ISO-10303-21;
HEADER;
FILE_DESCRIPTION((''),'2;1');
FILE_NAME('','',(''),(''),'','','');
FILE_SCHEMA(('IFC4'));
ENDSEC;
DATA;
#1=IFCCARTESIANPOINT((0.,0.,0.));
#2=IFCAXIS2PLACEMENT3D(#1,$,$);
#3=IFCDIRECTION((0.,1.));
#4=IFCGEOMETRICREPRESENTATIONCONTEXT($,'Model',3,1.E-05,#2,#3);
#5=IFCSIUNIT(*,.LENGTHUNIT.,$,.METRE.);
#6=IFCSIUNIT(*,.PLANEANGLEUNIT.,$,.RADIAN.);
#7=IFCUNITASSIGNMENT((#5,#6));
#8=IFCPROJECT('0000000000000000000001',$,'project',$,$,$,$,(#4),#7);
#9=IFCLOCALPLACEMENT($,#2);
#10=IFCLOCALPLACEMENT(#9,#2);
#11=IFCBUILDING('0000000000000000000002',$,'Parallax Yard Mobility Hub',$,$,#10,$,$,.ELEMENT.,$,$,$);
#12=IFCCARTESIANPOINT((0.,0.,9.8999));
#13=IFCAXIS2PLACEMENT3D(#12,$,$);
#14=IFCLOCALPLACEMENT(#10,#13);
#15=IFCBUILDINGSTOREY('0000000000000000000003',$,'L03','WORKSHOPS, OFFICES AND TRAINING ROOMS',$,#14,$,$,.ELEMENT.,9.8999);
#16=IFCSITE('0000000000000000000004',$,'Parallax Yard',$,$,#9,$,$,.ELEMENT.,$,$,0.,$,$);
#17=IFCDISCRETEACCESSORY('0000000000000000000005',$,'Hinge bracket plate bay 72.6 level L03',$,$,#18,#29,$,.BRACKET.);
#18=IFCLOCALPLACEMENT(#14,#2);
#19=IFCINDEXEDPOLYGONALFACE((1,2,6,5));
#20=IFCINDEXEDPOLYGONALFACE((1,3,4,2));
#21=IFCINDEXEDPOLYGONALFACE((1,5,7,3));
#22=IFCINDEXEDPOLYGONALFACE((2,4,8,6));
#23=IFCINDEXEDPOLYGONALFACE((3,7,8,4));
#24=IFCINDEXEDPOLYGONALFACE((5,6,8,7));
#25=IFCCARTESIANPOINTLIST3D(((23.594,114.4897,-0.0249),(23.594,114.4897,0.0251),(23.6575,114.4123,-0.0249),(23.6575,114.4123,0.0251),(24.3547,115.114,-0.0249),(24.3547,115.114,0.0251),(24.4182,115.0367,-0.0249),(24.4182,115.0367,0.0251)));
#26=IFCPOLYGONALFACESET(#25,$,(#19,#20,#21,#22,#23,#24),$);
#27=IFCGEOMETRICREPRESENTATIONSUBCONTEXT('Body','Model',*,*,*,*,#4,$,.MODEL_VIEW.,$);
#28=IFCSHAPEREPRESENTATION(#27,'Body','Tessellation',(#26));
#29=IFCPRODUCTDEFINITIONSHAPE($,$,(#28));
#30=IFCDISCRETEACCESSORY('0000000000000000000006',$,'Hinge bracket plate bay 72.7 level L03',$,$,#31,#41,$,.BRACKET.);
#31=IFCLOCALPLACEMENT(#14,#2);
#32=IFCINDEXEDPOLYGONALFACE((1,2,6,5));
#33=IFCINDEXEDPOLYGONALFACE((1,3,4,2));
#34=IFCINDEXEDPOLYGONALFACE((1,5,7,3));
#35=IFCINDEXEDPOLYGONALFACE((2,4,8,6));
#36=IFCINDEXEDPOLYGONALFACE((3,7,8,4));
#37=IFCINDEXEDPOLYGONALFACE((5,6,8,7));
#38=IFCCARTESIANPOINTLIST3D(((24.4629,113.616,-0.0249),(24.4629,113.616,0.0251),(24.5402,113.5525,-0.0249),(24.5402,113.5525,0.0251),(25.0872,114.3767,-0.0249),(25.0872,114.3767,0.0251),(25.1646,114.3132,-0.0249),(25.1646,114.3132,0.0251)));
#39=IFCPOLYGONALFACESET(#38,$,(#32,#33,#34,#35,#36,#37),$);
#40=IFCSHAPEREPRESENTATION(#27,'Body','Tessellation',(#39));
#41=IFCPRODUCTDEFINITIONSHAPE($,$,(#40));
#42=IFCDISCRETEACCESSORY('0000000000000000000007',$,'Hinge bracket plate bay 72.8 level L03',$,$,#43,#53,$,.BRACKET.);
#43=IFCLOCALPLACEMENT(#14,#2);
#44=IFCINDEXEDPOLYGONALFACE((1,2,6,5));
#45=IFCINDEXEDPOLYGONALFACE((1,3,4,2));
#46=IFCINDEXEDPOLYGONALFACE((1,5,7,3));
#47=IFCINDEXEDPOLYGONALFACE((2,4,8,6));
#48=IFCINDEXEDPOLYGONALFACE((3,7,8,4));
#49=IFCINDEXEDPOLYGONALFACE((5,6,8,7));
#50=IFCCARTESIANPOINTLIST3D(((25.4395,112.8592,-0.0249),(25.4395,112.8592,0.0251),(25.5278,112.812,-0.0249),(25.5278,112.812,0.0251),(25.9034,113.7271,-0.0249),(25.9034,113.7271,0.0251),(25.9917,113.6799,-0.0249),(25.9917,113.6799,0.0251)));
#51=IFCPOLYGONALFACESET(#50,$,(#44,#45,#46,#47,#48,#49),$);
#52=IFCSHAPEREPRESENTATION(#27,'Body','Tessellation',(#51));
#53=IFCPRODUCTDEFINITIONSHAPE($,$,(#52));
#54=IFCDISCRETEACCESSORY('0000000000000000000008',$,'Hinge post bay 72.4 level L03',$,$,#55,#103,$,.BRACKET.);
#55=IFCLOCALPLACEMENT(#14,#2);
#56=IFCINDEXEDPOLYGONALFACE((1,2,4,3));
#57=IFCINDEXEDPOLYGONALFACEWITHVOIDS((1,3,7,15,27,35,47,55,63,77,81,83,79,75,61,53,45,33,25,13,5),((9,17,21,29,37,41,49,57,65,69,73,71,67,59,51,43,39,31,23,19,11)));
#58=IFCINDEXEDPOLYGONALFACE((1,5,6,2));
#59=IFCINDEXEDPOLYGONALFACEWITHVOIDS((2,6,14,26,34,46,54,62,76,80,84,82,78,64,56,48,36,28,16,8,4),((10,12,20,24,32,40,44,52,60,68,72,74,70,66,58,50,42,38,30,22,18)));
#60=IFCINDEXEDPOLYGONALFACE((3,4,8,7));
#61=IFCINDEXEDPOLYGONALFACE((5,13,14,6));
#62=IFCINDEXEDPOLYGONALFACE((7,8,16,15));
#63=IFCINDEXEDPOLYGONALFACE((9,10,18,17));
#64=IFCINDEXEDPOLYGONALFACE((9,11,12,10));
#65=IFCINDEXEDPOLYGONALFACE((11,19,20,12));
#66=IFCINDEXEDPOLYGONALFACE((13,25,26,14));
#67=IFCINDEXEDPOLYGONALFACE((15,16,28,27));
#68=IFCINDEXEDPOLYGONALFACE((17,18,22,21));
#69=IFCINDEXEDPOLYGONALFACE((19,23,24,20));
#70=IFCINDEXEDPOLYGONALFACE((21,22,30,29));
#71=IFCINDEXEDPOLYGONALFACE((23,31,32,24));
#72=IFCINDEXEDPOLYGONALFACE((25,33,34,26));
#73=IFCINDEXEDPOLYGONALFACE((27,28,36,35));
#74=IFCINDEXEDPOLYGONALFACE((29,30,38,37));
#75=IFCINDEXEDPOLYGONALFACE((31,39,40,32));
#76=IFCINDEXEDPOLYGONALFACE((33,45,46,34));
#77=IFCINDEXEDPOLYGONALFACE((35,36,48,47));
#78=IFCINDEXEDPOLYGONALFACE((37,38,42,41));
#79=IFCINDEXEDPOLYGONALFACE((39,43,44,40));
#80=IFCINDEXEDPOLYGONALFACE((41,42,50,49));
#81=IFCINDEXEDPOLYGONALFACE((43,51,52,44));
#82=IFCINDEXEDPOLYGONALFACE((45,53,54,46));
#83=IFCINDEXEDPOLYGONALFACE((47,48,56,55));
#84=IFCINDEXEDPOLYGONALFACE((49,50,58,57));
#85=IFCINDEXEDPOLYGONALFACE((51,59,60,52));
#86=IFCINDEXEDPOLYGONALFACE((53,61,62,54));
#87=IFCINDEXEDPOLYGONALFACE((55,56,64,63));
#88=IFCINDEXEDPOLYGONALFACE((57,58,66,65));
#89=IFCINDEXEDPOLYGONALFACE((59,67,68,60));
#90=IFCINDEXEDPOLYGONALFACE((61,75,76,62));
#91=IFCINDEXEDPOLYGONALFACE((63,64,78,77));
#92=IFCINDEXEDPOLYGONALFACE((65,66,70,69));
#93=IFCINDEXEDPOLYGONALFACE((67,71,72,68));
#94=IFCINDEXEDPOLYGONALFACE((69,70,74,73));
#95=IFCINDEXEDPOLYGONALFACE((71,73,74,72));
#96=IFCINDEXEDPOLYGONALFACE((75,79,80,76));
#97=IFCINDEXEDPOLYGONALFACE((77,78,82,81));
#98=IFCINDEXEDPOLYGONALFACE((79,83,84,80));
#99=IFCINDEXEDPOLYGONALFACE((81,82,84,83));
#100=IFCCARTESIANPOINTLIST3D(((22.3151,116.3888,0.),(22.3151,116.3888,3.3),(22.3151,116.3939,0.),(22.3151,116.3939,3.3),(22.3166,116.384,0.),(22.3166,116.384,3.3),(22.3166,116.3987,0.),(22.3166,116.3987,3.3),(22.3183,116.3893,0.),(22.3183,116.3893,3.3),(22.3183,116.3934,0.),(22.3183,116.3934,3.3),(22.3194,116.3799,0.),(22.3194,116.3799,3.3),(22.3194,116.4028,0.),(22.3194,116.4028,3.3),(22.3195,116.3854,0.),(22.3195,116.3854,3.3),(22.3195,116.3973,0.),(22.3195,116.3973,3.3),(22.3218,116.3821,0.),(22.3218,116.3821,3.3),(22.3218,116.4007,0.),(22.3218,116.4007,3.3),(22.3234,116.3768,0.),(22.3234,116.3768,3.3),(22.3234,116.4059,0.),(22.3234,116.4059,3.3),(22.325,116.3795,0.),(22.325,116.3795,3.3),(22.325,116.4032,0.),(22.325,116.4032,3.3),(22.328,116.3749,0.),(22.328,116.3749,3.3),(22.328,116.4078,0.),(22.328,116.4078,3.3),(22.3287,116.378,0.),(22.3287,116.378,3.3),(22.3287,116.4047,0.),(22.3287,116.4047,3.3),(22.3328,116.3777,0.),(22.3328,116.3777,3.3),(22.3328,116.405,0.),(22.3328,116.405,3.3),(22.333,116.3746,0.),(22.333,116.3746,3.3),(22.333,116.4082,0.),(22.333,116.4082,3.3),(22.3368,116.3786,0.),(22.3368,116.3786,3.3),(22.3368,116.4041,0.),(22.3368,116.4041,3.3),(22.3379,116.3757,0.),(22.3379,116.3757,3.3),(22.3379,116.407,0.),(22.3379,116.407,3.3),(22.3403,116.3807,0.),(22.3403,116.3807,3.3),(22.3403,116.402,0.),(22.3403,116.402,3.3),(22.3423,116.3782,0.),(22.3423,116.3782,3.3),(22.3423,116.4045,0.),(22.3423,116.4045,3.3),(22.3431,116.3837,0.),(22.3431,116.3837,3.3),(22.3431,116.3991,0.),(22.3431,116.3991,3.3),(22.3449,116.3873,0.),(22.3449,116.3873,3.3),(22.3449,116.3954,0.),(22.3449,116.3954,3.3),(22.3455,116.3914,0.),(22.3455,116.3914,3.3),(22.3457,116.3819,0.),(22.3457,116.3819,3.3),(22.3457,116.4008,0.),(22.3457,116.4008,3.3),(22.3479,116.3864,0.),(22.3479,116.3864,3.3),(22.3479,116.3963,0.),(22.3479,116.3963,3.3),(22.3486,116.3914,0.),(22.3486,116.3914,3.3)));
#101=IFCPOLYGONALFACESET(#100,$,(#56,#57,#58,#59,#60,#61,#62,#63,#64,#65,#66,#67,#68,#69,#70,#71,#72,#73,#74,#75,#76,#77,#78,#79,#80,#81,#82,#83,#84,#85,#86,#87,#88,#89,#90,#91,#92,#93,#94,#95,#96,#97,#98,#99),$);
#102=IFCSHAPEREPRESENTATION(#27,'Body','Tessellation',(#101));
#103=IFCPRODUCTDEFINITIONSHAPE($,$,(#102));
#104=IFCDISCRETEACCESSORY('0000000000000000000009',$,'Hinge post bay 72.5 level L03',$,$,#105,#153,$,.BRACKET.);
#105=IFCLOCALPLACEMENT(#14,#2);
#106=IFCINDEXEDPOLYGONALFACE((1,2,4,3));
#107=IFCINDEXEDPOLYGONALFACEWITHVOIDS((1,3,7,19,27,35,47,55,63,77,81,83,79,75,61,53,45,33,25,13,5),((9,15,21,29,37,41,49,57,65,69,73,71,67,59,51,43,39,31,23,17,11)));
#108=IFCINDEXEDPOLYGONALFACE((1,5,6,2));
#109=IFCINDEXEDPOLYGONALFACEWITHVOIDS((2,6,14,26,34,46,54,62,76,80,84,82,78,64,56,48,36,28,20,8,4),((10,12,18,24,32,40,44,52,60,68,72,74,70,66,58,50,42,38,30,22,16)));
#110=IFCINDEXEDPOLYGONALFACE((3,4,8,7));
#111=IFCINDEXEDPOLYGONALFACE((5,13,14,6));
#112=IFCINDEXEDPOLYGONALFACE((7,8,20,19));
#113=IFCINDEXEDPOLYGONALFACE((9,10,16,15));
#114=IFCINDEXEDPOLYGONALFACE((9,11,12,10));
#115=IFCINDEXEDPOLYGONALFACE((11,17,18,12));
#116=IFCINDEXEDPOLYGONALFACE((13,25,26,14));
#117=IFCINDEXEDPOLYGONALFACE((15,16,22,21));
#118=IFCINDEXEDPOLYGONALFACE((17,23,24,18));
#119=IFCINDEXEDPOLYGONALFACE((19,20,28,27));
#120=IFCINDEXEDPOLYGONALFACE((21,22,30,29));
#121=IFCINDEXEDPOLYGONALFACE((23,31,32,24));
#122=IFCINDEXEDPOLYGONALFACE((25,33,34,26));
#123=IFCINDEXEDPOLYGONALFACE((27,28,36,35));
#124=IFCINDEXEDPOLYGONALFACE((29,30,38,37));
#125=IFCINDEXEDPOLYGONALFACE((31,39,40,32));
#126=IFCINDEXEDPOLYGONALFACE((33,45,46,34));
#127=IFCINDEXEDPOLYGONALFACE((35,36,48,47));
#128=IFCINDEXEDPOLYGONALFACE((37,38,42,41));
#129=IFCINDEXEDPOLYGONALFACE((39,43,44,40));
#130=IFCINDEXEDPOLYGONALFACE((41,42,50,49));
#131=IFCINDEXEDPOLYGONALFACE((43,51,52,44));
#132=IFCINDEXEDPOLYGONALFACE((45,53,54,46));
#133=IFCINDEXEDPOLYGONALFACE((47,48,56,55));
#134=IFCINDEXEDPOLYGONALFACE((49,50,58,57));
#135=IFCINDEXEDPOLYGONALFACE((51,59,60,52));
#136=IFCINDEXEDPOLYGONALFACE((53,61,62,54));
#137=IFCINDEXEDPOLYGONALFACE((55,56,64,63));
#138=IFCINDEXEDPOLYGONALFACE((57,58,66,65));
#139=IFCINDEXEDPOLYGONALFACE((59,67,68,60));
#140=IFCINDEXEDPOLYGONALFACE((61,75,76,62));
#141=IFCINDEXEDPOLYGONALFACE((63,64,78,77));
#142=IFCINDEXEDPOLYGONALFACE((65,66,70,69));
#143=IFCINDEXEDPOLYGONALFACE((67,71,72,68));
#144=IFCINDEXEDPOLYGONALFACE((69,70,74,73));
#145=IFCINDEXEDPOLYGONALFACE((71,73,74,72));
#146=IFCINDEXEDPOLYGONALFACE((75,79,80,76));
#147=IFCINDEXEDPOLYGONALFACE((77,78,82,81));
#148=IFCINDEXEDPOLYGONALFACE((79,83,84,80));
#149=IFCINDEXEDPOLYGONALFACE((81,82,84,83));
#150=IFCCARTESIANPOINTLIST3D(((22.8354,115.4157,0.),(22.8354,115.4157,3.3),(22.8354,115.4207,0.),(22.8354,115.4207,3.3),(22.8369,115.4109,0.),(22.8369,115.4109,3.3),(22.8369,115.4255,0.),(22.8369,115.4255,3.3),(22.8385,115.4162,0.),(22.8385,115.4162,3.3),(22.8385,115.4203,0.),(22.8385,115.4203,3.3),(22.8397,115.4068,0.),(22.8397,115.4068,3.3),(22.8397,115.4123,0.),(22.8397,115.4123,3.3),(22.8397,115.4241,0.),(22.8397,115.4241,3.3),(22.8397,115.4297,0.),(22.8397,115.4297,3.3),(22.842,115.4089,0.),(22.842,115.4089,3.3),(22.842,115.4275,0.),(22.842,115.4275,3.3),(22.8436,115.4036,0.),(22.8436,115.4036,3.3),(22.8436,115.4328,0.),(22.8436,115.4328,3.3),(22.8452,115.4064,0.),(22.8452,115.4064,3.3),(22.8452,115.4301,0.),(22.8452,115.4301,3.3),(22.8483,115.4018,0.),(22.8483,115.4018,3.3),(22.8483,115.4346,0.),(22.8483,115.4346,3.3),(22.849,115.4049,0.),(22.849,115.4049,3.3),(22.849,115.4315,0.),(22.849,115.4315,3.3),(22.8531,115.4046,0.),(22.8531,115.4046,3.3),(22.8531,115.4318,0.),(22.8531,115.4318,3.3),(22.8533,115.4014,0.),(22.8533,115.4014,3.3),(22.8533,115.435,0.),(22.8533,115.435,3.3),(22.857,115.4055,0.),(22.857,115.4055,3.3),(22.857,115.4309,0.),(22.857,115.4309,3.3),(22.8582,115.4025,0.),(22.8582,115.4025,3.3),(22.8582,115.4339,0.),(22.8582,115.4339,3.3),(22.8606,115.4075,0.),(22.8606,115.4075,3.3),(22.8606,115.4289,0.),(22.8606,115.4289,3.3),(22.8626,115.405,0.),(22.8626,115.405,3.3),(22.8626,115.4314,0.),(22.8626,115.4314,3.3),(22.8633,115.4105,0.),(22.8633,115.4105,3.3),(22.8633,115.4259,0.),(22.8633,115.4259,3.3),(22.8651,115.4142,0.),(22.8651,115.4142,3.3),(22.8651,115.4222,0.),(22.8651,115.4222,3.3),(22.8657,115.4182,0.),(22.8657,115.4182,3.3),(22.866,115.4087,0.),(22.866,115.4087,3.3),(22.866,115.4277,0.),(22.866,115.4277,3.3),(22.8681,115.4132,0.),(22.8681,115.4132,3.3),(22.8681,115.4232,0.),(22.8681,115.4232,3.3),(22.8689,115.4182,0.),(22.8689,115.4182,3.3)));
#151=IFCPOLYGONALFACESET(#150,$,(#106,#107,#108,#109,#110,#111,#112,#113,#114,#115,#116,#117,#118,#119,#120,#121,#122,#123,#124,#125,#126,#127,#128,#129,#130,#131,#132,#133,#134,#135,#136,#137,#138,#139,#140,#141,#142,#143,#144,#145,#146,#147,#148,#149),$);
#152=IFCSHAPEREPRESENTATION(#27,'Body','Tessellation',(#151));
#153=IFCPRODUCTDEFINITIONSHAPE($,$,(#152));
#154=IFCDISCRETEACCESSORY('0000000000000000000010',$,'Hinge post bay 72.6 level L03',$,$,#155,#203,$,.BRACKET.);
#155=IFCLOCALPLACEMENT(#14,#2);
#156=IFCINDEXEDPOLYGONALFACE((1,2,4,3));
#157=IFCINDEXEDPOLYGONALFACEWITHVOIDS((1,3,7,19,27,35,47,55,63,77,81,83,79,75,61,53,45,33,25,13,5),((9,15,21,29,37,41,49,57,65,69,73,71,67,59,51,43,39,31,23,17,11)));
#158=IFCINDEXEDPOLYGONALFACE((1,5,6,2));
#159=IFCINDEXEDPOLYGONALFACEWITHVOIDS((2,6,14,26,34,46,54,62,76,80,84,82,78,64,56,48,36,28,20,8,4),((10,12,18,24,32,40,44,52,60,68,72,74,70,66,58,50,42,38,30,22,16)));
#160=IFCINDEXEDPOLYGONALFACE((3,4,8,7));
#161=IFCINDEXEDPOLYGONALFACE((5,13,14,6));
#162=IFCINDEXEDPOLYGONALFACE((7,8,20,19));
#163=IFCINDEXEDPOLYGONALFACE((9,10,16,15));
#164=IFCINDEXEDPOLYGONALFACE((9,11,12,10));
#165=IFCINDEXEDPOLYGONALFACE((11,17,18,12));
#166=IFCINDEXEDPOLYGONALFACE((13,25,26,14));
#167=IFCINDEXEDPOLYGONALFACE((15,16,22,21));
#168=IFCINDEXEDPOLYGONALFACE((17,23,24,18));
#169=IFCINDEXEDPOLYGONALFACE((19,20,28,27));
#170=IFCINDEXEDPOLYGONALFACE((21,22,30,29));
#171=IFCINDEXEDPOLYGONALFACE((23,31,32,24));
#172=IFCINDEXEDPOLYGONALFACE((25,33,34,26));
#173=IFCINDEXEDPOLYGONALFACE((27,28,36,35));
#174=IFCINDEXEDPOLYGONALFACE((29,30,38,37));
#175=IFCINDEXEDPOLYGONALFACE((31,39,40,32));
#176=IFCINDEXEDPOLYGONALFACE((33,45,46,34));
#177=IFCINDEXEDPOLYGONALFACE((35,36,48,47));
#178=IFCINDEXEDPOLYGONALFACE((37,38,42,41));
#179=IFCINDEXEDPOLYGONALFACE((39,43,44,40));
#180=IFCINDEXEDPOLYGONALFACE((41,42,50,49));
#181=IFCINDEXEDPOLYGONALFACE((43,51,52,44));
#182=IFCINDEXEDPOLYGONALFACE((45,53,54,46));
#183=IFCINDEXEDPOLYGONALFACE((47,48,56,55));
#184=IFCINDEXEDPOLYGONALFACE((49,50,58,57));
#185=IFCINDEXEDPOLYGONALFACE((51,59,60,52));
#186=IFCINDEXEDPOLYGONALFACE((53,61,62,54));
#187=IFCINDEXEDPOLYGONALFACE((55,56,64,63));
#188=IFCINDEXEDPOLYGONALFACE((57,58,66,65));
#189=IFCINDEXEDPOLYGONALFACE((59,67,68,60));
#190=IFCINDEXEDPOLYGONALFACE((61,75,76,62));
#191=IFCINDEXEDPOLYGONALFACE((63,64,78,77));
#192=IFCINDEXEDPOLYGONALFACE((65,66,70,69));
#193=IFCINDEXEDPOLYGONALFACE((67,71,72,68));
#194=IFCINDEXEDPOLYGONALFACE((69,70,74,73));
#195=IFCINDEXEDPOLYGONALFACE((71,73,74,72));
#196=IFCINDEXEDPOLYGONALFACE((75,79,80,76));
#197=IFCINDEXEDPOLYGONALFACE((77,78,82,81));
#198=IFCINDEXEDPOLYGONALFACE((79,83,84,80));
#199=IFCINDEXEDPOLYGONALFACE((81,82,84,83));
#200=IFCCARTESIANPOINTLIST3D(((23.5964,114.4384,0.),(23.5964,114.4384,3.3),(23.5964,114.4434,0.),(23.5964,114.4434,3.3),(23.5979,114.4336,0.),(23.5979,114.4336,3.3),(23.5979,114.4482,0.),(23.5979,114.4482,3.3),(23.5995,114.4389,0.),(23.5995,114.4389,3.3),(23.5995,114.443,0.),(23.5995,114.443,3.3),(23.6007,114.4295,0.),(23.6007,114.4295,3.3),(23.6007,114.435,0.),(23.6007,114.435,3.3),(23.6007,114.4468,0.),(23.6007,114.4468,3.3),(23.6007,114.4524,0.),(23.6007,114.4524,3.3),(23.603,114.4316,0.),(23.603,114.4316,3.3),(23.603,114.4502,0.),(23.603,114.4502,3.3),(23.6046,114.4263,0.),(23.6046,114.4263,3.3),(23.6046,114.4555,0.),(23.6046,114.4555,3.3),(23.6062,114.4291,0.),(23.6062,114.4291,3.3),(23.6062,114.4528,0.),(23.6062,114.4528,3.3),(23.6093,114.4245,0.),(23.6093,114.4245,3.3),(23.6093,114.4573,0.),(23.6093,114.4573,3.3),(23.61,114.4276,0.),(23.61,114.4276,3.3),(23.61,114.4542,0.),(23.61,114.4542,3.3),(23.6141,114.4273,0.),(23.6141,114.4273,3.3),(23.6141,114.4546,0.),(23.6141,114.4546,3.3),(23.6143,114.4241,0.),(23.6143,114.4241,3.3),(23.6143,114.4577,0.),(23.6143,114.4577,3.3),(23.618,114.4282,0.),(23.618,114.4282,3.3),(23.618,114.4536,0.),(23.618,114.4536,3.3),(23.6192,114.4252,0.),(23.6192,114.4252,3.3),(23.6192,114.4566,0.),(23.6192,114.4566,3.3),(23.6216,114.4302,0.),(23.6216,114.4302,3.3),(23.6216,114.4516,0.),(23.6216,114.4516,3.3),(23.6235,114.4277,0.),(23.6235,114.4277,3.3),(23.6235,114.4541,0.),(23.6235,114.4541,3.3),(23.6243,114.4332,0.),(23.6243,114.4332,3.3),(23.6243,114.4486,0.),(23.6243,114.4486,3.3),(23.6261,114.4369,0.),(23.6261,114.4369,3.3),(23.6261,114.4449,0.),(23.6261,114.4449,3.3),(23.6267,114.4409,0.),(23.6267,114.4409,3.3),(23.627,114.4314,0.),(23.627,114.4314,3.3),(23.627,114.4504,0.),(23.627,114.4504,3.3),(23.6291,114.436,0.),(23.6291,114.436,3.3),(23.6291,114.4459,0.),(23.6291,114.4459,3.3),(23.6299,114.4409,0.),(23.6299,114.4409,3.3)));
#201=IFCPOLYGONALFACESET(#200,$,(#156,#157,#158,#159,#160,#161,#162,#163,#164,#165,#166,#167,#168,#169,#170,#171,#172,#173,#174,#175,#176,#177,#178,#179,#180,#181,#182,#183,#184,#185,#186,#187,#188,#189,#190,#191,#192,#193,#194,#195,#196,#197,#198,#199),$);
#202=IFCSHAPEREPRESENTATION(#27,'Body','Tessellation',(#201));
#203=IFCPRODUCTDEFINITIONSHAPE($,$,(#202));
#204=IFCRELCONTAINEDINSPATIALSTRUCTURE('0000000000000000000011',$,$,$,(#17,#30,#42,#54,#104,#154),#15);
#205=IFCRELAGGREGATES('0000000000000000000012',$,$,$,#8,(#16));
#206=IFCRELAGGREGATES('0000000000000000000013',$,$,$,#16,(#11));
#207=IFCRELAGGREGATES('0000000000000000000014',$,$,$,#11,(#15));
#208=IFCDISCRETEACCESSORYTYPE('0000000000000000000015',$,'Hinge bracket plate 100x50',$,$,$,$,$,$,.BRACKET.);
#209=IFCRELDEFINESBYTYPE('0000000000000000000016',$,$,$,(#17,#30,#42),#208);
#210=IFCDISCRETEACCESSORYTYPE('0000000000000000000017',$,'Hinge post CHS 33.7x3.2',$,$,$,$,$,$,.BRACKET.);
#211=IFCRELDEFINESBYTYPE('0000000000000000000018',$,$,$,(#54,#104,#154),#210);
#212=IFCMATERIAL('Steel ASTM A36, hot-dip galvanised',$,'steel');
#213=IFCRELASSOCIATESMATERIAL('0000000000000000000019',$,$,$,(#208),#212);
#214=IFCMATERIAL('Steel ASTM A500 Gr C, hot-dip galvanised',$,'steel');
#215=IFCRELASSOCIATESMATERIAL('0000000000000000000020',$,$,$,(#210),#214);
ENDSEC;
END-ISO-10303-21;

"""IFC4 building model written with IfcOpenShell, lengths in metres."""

from ifc_helpers import new_model, si_unit, direction, frame, origin, origin_2d, place, context, subcontext, project, spatial, rectangle, hollow_circle, extrude, material, material_profile, profile_set, type_object, element, save


model = new_model("IFC4")

# Units and contexts
model_context = context("Model", 3, precision=1e-05, world=origin(), true_north=direction((0.0, 1.0)))
body_context = subcontext(model_context, "Body", "Model", "MODEL_VIEW")
ifc_project = project(units=[si_unit("LENGTHUNIT", "METRE"), si_unit("PLANEANGLEUNIT", "RADIAN")], contexts=[model_context])

# Site, building, storey
site_placement = place(None, origin())
site = spatial("IfcSite", under=ifc_project, at=site_placement, Name="Parallax Yard", CompositionType="ELEMENT", RefElevation=0.0)
building_placement = place(site_placement, origin())
building = spatial("IfcBuilding", under=site, at=building_placement, Name="Parallax Yard Mobility Hub", CompositionType="ELEMENT")
storey_placement = place(building_placement, frame((0.0, 0.0, 9.8999)))
storey = spatial("IfcBuildingStorey", under=building, at=storey_placement, Name="L03", Description="WORKSHOPS, OFFICES AND TRAINING ROOMS", CompositionType="ELEMENT", Elevation=9.8999)

# Discrete accessories
ifc_material_1 = material(Name="Steel ASTM A36, hot-dip galvanised", Category="steel")
discrete_accessory_type_1 = type_object("IfcDiscreteAccessoryType", Name="Hinge bracket plate 100x50", PredefinedType="BRACKET", material=ifc_material_1)
for number, where, z_axis, x_axis, name in (
    (1, (24.0061, 114.7632, -0.0249), (0.0, 0.0, 1.0), (-0.77301, -0.634393, 0.0), "Hinge bracket plate bay 72.6 level L03"),
    (2, (24.8137, 113.9646, -0.0249), (0.0, 0.0, 1.0), (-0.634393, -0.77301, 0.0), "Hinge bracket plate bay 72.7 level L03"),
    (3, (25.7156, 113.2695, -0.0249), (0.0, 0.0, 1.0), (-0.471397, -0.881921, 0.0), "Hinge bracket plate bay 72.8 level L03"),
):
    element("IfcDiscreteAccessory", number, at=place(storey_placement, frame(where, z_axis=z_axis, x_axis=x_axis)), inside=storey, type_object=discrete_accessory_type_1, Name=name, PredefinedType="BRACKET", context=body_context, shape_type="SweptSolid", body=[
        extrude(rectangle(XDim=0.9841, YDim=0.1001, at=origin_2d()), origin(), (0.0, 0.0, 1.0), 0.05),
    ])
ifc_material_2 = material(Name="Steel ASTM A500 Gr C, hot-dip galvanised", Category="steel")
ifc_material_profile_1 = material_profile(ifc_material_2, hollow_circle(Radius=0.0168, WallThickness=0.0032, at=origin_2d()), Name="CHS 33.7x3.2")
ifc_profile_set_1 = profile_set([ifc_material_profile_1], Name="Steel ASTM A500 Gr C, hot-dip galvanised")
discrete_accessory_type_2 = type_object("IfcDiscreteAccessoryType", Name="Hinge post CHS 33.7x3.2", PredefinedType="BRACKET", material=ifc_profile_set_1)
for number, where, z_axis, x_axis, name in (
    (4, (22.3318, 116.3914, 0.0), (0.0, 0.0, 1.0), (1.0, 0.0, 0.0), "Hinge post bay 72.4 level L03"),
    (5, (22.8521, 115.4182, 0.0), (0.0, 0.0, 1.0), (1.0, 0.0, 0.0), "Hinge post bay 72.5 level L03"),
    (6, (23.613, 114.4409, 0.0), (0.0, 0.0, 1.0), (1.0, 0.0, 0.0), "Hinge post bay 72.6 level L03"),
):
    element("IfcDiscreteAccessory", number, at=place(storey_placement, frame(where, z_axis=z_axis, x_axis=x_axis)), inside=storey, type_object=discrete_accessory_type_2, Name=name, PredefinedType="BRACKET", context=body_context, shape_type="SweptSolid", body=[
        extrude(hollow_circle(Radius=0.0168, WallThickness=0.0032, at=origin_2d()), origin(), (0.0, 0.0, 1.0), 3.3),
    ])

save(model, "model.ifc")
